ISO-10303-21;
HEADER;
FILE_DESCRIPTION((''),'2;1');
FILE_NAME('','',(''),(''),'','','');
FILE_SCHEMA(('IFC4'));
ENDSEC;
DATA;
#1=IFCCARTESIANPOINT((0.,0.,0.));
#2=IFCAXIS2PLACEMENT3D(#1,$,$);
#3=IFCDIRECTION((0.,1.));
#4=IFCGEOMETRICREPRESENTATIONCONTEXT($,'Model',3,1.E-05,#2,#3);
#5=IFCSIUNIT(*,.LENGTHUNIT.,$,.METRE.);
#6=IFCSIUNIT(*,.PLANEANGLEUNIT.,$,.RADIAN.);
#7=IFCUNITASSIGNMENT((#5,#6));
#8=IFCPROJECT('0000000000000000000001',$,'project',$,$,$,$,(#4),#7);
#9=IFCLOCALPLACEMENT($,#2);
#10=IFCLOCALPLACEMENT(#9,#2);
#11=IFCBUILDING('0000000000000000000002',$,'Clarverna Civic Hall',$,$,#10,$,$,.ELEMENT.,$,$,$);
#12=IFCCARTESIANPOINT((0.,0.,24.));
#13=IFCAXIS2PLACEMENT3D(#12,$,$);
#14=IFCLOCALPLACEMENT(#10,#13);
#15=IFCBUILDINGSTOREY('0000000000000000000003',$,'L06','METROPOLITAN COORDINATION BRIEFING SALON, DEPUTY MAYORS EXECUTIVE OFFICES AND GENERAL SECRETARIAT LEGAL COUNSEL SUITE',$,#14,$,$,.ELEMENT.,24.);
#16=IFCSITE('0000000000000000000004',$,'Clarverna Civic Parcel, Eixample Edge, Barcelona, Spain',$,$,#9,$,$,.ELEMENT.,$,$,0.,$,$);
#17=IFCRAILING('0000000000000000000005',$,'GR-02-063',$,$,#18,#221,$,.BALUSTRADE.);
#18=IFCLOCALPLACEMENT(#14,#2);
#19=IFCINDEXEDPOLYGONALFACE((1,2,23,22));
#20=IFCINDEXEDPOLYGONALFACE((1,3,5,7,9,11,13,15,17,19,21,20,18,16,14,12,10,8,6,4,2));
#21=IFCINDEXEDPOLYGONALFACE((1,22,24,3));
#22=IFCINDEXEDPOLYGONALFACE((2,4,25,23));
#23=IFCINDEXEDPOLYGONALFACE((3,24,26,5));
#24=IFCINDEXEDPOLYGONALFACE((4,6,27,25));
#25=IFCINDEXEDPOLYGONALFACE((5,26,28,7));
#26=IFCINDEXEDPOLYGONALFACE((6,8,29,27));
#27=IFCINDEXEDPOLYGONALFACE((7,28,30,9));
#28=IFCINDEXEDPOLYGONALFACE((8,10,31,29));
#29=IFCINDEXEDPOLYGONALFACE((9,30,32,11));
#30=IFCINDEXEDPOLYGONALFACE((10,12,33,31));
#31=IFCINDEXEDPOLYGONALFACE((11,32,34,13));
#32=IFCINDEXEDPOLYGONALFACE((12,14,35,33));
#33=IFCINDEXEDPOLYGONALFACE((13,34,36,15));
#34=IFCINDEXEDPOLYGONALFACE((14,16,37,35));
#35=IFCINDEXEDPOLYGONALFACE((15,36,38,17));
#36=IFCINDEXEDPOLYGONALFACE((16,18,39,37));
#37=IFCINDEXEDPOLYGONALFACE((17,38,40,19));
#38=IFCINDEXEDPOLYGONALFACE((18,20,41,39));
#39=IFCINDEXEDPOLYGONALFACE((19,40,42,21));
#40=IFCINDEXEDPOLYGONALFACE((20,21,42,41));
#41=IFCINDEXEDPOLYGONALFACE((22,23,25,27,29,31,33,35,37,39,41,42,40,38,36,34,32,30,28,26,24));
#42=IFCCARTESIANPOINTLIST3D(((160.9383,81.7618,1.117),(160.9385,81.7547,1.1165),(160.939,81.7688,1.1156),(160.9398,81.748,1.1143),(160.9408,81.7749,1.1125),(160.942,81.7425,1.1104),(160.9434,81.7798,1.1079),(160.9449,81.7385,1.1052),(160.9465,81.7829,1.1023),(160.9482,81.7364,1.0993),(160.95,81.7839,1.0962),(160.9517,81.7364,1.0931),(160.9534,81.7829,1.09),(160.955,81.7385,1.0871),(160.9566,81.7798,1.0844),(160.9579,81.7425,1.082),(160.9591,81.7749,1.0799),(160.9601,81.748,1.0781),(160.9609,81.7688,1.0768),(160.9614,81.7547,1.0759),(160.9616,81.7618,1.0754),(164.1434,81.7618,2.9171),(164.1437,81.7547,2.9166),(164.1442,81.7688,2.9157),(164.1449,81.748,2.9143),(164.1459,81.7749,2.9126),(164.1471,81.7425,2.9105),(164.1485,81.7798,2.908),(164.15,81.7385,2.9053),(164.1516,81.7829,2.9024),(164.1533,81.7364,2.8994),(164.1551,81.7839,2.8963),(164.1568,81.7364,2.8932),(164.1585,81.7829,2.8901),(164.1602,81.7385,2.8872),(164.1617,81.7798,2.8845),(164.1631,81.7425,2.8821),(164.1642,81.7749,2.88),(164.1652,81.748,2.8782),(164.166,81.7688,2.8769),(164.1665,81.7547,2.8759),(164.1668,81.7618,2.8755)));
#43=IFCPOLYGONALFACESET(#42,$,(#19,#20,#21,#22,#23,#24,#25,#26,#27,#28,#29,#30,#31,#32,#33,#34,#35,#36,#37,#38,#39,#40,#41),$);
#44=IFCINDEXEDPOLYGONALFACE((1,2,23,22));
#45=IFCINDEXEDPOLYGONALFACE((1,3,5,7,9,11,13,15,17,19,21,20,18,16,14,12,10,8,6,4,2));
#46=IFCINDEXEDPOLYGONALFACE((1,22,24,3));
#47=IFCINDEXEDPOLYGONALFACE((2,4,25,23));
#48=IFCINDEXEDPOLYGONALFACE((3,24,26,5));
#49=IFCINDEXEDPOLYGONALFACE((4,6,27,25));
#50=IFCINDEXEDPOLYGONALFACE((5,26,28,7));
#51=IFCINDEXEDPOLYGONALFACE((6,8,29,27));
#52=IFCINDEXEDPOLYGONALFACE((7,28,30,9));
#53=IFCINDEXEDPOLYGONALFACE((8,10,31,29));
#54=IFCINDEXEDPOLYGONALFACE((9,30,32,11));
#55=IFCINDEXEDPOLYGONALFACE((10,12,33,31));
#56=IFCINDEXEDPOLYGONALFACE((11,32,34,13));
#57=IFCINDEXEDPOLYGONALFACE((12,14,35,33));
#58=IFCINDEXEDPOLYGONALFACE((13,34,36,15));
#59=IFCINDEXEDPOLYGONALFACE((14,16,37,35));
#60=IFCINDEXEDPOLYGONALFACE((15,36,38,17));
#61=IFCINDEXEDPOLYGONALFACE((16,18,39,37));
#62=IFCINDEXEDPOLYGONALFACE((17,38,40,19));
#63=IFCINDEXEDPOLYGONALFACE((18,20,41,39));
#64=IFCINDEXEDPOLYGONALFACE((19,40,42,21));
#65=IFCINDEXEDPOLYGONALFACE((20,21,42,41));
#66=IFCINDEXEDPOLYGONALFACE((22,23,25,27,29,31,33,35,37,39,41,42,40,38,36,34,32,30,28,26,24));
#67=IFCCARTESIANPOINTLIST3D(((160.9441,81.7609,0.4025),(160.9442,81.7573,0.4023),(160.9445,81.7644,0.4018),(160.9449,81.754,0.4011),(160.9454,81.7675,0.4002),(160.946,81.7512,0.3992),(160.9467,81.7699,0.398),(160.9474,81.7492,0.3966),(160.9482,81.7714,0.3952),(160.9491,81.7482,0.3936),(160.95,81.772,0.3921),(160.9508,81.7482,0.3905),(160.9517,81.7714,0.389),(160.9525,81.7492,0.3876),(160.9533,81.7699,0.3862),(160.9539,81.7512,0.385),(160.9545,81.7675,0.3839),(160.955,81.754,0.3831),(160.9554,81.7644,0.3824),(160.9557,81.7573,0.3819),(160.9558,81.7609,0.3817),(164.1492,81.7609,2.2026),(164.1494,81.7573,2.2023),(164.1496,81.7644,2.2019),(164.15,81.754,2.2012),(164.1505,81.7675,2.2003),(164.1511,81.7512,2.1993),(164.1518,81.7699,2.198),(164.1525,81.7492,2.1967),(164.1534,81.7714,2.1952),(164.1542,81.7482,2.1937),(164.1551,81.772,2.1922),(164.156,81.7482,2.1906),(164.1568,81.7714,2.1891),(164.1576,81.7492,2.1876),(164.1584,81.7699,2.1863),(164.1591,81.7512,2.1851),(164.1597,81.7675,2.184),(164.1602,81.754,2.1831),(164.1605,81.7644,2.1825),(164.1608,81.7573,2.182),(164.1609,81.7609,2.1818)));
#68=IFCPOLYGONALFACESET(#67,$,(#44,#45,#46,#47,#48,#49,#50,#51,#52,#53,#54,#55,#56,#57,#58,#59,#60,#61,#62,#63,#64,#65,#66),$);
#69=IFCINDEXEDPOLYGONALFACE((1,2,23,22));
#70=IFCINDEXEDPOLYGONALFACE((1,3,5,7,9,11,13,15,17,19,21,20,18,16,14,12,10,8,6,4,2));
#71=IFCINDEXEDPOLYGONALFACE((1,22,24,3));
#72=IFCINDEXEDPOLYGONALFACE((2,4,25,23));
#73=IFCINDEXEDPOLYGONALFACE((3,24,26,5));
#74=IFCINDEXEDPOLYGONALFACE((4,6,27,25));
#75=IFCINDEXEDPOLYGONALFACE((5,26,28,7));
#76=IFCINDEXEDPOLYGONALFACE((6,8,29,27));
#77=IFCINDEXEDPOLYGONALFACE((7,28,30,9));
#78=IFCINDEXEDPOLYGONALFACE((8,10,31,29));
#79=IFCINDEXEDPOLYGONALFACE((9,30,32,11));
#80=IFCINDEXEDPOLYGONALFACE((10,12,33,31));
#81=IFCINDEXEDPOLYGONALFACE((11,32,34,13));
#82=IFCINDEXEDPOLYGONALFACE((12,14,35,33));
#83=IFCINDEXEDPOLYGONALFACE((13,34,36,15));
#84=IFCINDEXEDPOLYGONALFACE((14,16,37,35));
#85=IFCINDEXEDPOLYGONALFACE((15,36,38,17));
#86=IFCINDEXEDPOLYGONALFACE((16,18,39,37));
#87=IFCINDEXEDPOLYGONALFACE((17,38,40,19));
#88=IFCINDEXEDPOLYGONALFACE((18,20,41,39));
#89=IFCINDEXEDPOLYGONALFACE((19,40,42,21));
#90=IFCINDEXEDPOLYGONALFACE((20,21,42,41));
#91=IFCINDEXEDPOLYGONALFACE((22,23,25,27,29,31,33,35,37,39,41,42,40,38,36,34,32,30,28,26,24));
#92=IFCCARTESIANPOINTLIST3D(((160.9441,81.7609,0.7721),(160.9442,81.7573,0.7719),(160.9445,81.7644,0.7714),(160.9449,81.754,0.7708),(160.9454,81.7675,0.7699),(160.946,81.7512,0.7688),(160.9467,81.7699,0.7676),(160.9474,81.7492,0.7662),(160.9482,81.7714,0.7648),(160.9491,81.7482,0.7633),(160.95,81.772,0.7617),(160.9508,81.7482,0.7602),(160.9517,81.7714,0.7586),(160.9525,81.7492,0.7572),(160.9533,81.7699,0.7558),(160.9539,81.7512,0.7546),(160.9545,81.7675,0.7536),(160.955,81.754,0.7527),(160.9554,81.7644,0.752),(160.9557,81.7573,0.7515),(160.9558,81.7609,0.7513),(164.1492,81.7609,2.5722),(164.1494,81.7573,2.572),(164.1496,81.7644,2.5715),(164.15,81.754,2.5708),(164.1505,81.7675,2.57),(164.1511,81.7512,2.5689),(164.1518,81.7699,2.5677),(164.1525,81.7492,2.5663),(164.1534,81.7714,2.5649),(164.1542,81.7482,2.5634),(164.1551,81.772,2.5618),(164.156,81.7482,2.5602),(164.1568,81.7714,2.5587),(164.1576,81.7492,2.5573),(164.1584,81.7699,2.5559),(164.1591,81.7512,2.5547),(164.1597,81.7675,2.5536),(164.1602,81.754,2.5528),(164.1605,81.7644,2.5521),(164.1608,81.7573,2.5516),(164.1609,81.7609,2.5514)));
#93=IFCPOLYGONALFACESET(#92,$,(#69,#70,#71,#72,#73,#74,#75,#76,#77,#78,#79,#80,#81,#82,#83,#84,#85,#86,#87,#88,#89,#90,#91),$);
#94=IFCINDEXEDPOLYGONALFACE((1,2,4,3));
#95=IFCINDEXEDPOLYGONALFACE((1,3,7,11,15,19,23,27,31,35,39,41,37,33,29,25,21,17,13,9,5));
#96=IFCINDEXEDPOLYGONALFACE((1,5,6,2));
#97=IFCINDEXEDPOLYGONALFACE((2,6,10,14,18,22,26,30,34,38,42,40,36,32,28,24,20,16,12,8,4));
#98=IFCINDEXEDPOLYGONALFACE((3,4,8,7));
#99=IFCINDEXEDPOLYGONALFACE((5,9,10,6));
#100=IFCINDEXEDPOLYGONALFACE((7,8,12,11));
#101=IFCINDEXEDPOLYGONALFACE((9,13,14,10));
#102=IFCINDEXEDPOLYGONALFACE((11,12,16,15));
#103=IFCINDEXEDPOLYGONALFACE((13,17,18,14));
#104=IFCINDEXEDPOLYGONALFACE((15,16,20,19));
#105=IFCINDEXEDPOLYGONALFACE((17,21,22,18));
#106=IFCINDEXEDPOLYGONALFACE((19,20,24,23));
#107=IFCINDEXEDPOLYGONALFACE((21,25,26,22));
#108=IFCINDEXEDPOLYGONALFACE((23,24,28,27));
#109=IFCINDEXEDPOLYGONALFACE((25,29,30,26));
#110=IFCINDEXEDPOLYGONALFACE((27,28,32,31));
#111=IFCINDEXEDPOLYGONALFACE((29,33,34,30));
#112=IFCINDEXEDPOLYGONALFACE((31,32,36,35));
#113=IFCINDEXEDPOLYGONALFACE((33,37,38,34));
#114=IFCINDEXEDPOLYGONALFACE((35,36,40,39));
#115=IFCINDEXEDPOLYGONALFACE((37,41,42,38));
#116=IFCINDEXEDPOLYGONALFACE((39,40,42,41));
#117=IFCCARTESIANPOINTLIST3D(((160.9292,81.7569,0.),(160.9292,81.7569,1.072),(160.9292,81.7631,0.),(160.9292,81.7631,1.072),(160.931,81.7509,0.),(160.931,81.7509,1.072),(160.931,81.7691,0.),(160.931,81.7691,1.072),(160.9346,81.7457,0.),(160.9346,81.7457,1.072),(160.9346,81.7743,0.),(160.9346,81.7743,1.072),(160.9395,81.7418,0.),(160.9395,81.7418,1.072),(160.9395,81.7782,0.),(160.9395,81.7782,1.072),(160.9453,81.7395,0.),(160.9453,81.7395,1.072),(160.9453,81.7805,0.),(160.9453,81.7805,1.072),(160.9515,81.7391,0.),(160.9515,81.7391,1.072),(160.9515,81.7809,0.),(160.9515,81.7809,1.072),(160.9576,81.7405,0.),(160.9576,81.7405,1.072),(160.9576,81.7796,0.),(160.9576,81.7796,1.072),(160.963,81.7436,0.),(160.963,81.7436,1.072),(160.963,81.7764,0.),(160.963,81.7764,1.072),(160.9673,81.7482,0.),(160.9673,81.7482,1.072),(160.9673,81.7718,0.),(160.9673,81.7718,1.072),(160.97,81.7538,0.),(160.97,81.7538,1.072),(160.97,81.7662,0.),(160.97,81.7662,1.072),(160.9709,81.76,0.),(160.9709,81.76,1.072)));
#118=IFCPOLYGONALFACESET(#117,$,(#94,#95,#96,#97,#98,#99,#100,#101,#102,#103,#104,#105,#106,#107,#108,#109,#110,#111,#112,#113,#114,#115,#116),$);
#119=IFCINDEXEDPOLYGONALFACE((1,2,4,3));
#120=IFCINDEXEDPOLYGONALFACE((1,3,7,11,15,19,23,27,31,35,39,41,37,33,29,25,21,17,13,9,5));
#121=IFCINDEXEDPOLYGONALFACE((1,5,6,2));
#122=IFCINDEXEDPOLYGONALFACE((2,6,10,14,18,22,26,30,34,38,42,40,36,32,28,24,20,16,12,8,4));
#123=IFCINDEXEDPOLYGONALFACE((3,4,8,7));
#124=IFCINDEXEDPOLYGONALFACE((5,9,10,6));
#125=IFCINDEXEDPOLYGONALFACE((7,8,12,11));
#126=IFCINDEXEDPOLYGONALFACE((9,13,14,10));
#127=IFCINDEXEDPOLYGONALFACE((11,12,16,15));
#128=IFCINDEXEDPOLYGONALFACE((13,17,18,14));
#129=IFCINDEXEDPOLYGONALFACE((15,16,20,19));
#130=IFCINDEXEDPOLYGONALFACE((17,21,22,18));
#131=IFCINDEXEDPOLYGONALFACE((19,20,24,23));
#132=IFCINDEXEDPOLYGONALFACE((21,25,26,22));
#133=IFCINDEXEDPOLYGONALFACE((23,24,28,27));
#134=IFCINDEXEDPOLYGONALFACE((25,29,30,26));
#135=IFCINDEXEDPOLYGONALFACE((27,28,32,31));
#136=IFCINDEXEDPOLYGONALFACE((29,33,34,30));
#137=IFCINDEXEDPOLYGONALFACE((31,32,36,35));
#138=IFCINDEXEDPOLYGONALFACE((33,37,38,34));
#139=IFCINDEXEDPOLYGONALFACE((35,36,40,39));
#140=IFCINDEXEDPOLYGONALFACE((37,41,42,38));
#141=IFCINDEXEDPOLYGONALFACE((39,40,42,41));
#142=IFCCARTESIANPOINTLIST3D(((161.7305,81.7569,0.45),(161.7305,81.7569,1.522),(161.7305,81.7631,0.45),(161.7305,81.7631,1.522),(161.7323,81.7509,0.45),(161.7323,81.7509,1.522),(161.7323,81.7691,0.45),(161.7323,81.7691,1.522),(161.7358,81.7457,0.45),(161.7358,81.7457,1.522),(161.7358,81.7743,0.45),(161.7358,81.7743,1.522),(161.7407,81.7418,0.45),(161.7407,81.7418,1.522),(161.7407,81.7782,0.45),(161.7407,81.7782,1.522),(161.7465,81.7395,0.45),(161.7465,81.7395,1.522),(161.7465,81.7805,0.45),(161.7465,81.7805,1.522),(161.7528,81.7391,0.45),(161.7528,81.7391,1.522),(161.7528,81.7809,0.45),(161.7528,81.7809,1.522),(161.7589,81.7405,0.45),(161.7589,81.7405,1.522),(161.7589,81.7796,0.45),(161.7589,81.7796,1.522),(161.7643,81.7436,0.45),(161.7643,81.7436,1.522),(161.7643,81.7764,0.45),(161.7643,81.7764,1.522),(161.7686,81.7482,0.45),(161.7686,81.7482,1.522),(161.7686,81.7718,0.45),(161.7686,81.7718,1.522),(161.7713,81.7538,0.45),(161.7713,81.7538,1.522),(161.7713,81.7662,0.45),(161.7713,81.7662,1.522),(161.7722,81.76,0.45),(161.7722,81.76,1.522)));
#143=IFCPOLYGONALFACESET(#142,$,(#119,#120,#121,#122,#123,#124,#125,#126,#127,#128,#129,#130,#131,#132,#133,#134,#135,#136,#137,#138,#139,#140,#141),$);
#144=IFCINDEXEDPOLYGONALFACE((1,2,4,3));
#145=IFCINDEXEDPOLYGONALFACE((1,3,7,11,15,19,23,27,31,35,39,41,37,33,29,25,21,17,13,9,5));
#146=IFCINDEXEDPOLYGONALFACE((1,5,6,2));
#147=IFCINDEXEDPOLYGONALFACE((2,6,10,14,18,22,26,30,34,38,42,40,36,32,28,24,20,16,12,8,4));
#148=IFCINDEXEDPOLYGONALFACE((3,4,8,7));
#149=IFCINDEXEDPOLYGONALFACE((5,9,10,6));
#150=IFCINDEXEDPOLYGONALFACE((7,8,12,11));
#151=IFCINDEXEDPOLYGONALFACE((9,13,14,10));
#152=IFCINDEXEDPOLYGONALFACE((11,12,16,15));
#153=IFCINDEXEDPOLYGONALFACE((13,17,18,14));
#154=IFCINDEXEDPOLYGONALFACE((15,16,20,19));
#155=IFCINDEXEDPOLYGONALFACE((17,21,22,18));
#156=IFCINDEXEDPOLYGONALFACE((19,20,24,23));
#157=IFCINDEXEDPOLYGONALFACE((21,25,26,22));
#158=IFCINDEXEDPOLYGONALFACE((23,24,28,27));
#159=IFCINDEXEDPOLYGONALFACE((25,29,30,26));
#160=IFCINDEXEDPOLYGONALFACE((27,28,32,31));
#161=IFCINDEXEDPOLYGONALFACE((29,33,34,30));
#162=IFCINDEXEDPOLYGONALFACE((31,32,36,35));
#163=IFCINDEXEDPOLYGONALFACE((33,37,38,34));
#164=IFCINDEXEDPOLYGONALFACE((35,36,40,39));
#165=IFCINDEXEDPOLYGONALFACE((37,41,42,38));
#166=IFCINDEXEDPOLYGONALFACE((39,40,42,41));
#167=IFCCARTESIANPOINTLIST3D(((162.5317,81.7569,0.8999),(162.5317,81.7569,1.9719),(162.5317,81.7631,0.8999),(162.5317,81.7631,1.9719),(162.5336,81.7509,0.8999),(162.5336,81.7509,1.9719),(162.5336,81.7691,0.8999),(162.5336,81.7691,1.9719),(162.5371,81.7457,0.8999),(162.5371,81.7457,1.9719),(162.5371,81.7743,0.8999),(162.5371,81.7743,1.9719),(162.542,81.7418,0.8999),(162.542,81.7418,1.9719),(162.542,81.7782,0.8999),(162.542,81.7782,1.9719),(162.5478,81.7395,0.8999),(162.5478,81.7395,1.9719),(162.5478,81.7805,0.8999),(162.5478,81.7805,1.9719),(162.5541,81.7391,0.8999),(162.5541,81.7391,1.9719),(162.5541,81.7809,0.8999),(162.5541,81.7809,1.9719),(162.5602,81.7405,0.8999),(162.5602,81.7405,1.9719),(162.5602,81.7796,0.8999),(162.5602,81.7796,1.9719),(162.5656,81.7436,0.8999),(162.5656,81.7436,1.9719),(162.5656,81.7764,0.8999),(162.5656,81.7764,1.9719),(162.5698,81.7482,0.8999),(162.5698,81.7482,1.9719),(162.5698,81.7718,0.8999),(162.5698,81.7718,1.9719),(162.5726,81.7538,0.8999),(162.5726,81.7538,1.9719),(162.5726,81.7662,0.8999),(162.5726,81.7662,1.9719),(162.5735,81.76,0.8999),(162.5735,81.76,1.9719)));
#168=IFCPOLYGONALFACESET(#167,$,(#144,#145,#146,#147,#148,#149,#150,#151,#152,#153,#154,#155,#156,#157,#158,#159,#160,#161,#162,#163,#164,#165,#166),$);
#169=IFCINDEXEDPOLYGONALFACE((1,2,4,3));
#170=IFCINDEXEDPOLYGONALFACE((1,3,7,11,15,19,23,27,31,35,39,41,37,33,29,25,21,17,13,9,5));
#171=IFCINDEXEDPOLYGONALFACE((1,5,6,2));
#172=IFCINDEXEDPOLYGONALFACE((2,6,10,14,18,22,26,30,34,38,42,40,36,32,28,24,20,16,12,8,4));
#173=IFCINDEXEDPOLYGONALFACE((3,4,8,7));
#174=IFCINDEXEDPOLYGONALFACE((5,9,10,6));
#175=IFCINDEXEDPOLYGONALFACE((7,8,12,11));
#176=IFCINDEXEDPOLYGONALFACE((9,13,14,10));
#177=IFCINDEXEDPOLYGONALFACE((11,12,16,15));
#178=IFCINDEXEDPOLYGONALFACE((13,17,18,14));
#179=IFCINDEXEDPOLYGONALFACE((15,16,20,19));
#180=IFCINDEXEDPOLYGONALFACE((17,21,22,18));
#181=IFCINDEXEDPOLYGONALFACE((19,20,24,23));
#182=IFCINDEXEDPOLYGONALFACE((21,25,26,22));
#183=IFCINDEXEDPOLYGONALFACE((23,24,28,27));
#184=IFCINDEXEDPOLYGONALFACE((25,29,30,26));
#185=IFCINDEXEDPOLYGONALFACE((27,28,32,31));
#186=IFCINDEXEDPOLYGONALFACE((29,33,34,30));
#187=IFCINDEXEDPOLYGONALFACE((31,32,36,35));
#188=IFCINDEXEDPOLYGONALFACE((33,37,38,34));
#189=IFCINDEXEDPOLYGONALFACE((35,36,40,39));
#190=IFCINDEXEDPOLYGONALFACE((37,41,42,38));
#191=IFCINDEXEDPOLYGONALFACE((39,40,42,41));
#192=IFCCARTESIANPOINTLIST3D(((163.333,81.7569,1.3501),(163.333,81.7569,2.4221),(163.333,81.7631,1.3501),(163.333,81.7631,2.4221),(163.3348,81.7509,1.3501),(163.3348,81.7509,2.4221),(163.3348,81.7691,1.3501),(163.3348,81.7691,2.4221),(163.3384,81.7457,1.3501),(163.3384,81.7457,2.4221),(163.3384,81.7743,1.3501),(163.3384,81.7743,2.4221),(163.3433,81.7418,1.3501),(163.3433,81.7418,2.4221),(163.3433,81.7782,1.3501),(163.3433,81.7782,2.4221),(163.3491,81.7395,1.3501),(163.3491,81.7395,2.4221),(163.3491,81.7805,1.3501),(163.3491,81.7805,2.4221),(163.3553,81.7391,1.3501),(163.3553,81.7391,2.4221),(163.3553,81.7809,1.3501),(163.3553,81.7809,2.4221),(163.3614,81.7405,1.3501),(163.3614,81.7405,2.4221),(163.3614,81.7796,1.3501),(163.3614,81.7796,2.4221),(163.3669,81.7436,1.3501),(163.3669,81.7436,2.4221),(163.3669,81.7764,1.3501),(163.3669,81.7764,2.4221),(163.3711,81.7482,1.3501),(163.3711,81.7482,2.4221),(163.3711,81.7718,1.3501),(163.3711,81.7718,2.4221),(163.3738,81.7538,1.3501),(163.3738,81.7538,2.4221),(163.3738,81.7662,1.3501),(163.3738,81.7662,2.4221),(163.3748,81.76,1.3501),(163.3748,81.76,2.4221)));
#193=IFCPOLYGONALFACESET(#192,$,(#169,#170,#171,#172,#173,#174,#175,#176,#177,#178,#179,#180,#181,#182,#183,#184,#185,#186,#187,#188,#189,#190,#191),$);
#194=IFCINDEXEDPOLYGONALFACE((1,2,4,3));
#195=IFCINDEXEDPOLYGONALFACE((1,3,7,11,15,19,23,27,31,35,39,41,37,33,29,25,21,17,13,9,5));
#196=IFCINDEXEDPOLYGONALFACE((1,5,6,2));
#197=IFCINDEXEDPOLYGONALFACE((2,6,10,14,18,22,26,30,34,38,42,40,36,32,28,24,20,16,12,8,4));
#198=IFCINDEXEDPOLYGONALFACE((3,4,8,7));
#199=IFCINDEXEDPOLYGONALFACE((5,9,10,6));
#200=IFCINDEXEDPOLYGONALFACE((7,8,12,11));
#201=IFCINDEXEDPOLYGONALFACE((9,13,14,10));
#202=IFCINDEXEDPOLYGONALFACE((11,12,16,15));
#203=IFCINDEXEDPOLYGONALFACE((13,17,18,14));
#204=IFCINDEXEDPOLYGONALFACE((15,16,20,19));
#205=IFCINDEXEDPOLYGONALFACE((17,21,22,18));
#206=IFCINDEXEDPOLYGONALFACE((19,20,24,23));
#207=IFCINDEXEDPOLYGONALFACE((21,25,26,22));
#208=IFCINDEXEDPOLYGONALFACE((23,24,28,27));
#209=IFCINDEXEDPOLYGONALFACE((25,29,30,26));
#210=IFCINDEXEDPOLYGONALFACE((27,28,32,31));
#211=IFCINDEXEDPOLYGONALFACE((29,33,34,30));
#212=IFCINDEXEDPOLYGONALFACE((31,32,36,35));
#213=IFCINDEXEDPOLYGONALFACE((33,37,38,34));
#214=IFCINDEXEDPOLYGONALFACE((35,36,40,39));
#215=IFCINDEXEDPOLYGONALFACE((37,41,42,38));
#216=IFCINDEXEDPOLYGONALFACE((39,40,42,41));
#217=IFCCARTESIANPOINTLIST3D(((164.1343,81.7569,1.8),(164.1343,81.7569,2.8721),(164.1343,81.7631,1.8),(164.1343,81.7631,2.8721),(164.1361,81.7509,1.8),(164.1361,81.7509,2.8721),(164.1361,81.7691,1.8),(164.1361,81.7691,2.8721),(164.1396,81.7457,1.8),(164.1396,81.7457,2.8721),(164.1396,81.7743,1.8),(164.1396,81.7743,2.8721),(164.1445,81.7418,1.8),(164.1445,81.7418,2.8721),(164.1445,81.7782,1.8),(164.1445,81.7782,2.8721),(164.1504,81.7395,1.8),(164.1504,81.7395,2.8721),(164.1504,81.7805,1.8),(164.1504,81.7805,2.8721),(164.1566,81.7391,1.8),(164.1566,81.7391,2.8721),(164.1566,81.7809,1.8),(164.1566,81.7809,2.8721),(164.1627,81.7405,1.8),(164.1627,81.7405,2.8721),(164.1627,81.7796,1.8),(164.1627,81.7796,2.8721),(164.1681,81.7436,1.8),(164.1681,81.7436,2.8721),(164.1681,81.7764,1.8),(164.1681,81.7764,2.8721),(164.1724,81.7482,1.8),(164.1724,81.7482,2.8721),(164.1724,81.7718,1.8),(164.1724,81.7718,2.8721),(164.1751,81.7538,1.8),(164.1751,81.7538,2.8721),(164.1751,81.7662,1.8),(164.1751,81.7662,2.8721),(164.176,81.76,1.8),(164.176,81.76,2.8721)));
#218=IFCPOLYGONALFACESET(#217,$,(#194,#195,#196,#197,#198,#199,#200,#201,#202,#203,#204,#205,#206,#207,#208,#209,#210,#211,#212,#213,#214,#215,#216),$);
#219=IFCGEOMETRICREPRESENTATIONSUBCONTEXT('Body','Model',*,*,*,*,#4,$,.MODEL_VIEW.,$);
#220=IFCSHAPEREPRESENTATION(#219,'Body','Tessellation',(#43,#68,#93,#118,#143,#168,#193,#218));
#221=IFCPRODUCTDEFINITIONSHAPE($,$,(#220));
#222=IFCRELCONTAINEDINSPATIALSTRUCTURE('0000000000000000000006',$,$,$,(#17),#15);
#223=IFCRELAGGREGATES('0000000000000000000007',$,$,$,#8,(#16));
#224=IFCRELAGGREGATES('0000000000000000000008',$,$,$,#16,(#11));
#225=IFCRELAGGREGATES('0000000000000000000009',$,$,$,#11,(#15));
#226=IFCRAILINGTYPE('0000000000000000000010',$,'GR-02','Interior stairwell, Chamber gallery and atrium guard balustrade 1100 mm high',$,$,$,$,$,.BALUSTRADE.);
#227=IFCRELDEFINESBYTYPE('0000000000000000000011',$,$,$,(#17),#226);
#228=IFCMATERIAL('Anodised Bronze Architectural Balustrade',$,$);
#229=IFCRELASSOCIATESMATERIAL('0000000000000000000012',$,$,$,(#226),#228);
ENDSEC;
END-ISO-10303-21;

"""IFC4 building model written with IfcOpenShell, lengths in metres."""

from ifc_helpers import new_model, si_unit, direction, frame, origin, origin_2d, place, context, subcontext, project, spatial, circle, extrude, material, type_object, element, save


model = new_model("IFC4")

# Units and contexts
model_context = context("Model", 3, precision=1e-05, world=origin(), true_north=direction((0.0, 1.0)))
body_context = subcontext(model_context, "Body", "Model", "MODEL_VIEW")
ifc_project = project(units=[si_unit("LENGTHUNIT", "METRE"), si_unit("PLANEANGLEUNIT", "RADIAN")], contexts=[model_context])

# Site, building, storey
site_placement = place(None, origin())
site = spatial("IfcSite", under=ifc_project, at=site_placement, Name="Clarverna Civic Parcel, Eixample Edge, Barcelona, Spain", CompositionType="ELEMENT", RefElevation=0.0)
building_placement = place(site_placement, origin())
building = spatial("IfcBuilding", under=site, at=building_placement, Name="Clarverna Civic Hall", CompositionType="ELEMENT")
storey_placement = place(building_placement, frame((0.0, 0.0, 24.0)))
storey = spatial("IfcBuildingStorey", under=building, at=storey_placement, Name="L06", Description="METROPOLITAN COORDINATION BRIEFING SALON, DEPUTY MAYORS EXECUTIVE OFFICES AND GENERAL SECRETARIAT LEGAL COUNSEL SUITE", CompositionType="ELEMENT", Elevation=24.0)

# Railing
ifc_material_1 = material(Name="Anodised Bronze Architectural Balustrade")
railing_type_1 = type_object("IfcRailingType", Name="GR-02", Description="Interior stairwell, Chamber gallery and atrium guard balustrade 1100 mm high", PredefinedType="BALUSTRADE", material=ifc_material_1)
railing_1_placement = place(storey_placement, frame((160.95, 81.76, 0.0)))
element("IfcRailing", 1, at=railing_1_placement, inside=storey, type_object=railing_type_1, Name="GR-02-063", PredefinedType="BALUSTRADE", context=body_context, shape_type="SweptSolid", body=[
    extrude(circle(Radius=0.0239, at=origin_2d()), frame((0.0, 0.0, 1.0962), z_axis=(0.871902, 0.0, 0.489681), x_axis=(0.0, 1.0, 0.0)), (0.0, 0.0, 1.0), 3.676),
    extrude(circle(Radius=0.012, at=origin_2d()), frame((0.0, 0.0, 0.3921), z_axis=(0.871902, 0.0, 0.489681), x_axis=(0.0, 1.0, 0.0)), (0.0, 0.0, 1.0), 3.676),
    extrude(circle(Radius=0.012, at=origin_2d()), frame((0.0, 0.0, 0.7617), z_axis=(0.871902, 0.0, 0.489681), x_axis=(0.0, 1.0, 0.0)), (0.0, 0.0, 1.0), 3.676),
    extrude(circle(Radius=0.021, at=origin_2d()), origin(), (0.0, 0.0, 1.0), 1.072),
    extrude(circle(Radius=0.021, at=origin_2d()), frame((0.8013, 0.0, 0.45)), (0.0, 0.0, 1.0), 1.072),
    extrude(circle(Radius=0.021, at=origin_2d()), frame((1.6025, 0.0, 0.8999)), (0.0, 0.0, 1.0), 1.072),
    extrude(circle(Radius=0.021, at=origin_2d()), frame((2.4038, 0.0, 1.3501)), (0.0, 0.0, 1.0), 1.072),
    extrude(circle(Radius=0.021, at=origin_2d()), frame((3.2051, 0.0, 1.8)), (0.0, 0.0, 1.0), 1.072),
])

save(model, "model.ifc")
